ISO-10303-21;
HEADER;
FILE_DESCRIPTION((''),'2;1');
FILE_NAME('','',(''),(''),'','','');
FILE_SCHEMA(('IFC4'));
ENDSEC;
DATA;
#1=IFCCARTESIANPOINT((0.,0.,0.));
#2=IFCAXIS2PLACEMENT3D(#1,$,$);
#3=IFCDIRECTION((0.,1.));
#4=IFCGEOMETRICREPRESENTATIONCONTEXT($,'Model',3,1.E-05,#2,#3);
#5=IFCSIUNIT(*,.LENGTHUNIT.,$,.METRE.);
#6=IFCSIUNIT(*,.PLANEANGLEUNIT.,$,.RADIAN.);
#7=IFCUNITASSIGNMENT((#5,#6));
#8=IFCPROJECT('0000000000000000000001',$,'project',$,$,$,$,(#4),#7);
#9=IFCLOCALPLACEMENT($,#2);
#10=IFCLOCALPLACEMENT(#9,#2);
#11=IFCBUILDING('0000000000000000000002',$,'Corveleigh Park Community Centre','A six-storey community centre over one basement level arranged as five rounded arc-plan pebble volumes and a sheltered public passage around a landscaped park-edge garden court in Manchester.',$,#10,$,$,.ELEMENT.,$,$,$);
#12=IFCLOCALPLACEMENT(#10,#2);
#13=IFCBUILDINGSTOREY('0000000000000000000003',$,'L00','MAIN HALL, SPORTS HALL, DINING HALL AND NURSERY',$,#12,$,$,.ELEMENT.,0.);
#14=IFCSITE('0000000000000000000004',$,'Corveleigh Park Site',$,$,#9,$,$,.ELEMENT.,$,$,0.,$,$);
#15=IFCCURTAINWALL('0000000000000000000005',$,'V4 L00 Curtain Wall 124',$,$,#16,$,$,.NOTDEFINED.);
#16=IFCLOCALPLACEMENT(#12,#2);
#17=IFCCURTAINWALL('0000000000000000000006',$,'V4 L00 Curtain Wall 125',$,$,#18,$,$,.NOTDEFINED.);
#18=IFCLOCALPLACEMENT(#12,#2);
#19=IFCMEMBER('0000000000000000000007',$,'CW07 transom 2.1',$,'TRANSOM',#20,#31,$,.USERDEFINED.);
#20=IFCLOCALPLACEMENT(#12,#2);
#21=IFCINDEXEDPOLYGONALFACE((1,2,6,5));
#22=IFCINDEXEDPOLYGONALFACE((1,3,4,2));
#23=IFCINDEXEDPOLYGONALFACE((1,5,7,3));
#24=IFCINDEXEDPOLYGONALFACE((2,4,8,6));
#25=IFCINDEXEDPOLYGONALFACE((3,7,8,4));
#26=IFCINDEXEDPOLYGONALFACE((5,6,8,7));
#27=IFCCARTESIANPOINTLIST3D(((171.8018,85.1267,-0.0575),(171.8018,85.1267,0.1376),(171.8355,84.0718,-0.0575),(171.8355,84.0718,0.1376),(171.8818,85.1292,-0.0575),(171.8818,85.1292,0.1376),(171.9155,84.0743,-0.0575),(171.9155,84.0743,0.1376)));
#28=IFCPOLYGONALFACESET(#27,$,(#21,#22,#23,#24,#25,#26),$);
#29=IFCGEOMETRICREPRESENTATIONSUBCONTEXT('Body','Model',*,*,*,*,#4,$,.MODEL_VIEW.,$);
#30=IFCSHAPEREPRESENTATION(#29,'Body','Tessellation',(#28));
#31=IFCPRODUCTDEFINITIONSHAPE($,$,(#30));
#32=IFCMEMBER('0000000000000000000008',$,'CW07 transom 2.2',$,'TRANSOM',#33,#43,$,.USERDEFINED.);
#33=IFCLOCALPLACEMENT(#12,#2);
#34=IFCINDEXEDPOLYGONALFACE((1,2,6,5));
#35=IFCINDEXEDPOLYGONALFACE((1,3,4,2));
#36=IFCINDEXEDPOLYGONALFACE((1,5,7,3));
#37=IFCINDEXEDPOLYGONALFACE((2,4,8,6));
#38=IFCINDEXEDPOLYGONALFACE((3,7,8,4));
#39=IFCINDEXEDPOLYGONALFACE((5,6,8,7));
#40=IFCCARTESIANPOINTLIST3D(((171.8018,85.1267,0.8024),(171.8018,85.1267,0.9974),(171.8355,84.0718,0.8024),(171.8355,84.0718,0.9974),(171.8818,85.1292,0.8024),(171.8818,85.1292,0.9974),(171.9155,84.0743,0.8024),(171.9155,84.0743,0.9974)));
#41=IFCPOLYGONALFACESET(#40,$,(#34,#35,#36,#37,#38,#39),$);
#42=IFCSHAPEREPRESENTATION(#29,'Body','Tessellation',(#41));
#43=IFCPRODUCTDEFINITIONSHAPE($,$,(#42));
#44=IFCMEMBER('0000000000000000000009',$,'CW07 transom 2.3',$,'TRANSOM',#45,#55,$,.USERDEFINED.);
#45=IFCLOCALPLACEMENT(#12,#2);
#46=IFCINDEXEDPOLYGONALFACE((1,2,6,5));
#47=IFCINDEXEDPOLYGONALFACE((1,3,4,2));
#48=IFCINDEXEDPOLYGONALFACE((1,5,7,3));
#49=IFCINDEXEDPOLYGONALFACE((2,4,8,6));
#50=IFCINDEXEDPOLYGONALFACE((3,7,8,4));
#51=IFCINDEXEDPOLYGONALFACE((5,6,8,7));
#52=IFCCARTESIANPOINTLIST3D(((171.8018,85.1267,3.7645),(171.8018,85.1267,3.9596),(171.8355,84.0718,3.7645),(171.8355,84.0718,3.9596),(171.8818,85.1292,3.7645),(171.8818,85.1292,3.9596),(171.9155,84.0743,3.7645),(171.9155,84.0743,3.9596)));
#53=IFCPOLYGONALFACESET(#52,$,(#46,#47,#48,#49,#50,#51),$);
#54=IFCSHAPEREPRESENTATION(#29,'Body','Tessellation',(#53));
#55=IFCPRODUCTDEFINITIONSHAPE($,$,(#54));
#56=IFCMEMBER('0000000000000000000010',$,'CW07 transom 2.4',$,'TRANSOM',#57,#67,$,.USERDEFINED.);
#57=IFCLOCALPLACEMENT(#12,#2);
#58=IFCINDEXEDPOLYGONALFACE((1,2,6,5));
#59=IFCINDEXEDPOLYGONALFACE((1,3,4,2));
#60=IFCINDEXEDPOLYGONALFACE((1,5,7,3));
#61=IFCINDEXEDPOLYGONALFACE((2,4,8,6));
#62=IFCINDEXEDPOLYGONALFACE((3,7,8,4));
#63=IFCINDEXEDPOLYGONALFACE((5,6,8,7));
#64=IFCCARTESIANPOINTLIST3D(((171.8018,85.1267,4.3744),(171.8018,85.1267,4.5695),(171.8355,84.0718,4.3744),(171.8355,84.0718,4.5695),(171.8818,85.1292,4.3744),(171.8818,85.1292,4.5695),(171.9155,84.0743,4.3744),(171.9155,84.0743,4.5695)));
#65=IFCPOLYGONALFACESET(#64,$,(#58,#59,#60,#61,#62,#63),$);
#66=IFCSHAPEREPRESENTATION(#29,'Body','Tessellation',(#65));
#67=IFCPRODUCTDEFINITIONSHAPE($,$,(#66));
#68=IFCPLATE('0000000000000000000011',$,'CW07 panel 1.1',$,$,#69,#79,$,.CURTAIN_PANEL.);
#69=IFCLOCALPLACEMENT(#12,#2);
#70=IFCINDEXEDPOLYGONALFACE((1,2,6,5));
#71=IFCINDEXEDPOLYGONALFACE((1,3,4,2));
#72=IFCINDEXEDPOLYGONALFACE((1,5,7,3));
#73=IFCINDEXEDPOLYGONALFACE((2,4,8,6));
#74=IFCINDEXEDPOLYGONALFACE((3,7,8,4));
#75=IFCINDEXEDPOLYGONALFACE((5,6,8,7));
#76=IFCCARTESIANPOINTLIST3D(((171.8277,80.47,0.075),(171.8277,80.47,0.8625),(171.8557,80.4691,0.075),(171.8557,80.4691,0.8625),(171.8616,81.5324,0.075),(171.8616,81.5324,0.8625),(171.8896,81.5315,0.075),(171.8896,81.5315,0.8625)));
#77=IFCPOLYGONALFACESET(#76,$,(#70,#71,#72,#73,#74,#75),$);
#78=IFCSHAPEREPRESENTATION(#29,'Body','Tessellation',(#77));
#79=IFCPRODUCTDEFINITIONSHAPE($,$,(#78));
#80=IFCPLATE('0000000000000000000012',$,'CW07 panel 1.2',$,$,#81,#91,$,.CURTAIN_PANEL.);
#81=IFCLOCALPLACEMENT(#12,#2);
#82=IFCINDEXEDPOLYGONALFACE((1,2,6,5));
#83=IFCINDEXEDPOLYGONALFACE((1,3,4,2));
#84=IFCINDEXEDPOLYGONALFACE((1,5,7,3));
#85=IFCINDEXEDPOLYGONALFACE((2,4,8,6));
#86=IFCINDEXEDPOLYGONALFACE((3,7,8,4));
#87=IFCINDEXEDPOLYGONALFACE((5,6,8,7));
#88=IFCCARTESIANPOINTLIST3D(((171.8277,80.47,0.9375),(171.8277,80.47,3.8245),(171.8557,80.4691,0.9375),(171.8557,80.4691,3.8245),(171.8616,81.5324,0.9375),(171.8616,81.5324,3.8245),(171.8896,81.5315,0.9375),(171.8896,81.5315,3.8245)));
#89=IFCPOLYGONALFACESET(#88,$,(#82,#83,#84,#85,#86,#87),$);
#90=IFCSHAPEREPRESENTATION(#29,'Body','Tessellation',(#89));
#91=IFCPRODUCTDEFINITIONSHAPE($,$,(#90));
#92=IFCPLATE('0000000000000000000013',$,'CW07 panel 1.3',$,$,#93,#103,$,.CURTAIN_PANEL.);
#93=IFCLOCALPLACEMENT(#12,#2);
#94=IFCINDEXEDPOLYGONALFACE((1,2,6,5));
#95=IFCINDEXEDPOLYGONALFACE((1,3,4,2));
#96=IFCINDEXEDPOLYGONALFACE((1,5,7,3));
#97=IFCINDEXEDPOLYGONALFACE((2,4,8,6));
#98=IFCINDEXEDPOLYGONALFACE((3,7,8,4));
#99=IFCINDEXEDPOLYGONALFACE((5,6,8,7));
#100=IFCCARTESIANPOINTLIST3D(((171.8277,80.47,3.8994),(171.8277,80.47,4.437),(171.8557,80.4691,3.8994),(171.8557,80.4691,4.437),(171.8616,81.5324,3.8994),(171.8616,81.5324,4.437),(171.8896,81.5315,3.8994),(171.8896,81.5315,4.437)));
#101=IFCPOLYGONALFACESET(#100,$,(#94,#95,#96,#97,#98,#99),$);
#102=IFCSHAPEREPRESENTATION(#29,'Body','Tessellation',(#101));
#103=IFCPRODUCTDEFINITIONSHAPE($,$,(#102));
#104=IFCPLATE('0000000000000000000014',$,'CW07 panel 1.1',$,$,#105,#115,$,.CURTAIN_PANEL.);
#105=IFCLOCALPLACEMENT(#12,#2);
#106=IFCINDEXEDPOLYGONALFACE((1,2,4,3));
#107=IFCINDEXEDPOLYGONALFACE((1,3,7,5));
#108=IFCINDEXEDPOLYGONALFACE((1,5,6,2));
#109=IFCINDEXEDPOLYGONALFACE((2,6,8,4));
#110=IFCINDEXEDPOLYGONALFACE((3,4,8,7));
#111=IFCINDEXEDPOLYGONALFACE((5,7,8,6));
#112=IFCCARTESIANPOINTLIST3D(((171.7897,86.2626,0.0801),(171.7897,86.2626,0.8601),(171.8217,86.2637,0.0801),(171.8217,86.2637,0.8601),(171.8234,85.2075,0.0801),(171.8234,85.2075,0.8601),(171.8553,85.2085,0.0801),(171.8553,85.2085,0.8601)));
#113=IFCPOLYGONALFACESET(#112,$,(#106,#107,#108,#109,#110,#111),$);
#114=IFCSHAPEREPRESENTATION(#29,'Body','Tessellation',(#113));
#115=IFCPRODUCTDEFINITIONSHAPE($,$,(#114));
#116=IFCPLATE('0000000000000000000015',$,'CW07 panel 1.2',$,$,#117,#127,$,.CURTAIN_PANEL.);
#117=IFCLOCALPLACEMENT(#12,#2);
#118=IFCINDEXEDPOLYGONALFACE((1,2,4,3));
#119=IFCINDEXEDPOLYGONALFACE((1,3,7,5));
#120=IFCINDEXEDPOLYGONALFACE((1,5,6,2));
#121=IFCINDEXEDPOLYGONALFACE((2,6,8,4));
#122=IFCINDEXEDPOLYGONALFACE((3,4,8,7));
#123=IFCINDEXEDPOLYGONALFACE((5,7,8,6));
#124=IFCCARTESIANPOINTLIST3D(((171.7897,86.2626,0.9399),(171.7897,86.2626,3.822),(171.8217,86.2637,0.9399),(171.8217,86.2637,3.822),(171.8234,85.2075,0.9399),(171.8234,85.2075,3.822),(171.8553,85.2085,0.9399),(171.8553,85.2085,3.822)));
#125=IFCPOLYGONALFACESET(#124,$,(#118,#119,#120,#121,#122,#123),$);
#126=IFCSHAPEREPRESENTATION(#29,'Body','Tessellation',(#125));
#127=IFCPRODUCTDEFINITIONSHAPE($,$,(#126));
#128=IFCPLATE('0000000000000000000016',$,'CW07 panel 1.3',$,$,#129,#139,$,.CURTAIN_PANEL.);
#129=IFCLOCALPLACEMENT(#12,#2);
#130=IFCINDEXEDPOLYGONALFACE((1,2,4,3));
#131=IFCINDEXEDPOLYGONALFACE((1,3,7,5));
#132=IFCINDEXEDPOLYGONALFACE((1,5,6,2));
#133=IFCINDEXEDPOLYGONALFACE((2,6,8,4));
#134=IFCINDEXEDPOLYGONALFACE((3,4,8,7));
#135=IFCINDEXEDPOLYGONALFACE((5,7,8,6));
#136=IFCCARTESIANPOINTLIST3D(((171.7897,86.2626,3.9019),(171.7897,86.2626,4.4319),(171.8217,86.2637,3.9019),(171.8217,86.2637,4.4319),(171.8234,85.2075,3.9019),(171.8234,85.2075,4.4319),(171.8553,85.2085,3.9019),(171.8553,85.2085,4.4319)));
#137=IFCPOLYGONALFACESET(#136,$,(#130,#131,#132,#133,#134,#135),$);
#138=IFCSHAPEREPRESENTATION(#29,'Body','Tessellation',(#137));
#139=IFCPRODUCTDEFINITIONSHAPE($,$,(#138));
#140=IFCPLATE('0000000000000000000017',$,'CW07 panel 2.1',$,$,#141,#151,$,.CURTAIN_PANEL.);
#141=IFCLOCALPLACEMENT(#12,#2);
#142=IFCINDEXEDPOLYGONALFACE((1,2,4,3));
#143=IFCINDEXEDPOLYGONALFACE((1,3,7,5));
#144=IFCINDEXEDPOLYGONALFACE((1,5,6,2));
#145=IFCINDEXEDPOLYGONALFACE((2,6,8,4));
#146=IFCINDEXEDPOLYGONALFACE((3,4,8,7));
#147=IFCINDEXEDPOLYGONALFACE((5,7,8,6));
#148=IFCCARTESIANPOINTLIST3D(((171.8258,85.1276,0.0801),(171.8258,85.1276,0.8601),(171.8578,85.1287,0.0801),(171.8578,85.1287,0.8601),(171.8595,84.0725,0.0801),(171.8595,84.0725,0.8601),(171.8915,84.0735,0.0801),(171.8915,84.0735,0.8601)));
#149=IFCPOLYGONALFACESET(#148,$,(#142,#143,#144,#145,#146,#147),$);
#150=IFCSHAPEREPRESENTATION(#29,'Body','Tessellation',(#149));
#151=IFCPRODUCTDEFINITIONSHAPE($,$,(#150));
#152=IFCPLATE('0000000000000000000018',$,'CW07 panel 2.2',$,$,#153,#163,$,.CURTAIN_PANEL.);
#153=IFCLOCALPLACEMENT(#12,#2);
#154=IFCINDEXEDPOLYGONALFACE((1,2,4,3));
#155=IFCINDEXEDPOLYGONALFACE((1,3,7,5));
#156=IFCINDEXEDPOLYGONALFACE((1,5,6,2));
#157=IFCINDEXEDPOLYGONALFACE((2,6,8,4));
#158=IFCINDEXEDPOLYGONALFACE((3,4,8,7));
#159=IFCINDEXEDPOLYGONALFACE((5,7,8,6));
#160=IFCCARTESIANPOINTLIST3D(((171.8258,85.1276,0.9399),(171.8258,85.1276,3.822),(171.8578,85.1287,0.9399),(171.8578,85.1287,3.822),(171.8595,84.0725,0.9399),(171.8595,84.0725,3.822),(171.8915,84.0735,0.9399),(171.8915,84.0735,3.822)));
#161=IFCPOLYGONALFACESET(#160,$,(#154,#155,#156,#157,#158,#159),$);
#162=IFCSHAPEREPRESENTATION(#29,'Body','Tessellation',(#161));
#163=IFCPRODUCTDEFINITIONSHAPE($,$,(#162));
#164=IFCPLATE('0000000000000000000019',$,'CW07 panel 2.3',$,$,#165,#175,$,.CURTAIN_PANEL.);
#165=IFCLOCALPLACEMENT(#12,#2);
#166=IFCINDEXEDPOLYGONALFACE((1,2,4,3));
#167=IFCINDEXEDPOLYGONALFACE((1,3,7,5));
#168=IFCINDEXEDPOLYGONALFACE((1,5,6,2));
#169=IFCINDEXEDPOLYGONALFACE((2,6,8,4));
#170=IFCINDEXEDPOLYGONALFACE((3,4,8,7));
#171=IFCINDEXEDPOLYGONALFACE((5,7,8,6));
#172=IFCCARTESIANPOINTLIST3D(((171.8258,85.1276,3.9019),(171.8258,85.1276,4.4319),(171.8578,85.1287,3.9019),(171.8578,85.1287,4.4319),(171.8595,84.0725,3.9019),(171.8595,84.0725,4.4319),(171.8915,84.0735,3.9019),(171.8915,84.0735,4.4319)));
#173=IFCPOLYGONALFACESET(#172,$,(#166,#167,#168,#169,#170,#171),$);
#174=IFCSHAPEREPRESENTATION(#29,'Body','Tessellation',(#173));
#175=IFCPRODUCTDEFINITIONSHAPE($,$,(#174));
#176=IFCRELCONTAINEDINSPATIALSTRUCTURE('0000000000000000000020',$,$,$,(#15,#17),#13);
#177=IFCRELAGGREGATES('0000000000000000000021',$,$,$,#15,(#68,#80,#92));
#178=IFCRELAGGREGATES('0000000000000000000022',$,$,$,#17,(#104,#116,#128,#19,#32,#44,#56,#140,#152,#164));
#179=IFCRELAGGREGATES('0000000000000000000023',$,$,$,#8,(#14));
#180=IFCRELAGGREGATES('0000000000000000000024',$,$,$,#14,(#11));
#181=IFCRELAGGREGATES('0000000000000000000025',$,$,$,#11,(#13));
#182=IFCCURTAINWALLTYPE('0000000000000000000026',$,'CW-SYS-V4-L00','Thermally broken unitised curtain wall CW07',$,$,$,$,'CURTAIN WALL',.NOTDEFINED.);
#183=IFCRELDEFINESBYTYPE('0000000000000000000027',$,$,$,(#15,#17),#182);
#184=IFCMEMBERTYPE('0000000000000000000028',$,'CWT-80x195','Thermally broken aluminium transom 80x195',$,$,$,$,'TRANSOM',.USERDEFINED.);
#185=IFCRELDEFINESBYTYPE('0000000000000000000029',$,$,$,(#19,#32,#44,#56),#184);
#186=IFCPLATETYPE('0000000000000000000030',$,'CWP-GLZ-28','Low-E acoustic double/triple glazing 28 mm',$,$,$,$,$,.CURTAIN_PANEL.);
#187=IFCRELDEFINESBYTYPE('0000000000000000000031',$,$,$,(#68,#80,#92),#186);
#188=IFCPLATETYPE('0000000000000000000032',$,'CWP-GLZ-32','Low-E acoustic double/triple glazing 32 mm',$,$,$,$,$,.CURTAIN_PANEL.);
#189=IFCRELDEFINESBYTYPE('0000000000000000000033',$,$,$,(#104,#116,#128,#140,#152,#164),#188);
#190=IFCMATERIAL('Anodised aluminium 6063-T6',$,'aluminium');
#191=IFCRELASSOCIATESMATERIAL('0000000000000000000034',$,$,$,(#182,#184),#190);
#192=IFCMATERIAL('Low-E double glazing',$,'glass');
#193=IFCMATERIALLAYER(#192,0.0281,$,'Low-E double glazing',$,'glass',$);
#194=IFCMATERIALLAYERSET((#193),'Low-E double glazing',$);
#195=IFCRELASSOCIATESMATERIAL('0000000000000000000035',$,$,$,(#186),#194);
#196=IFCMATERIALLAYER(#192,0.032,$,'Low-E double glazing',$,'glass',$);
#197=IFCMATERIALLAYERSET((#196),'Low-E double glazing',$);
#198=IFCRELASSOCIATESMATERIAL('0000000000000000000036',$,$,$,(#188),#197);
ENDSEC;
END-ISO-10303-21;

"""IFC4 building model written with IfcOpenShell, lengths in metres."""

from ifc_helpers import new_model, si_unit, direction, frame, origin, origin_2d, place, context, subcontext, project, spatial, rectangle, extrude, material, layer, layer_set, material_profile, profile_set, type_object, element, aggregate, save


model = new_model("IFC4")

# Units and contexts
model_context = context("Model", 3, precision=1e-05, world=origin(), true_north=direction((0.0, 1.0)))
body_context = subcontext(model_context, "Body", "Model", "MODEL_VIEW")
ifc_project = project(units=[si_unit("LENGTHUNIT", "METRE"), si_unit("PLANEANGLEUNIT", "RADIAN")], contexts=[model_context])

# Site, building, storey
site_placement = place(None, origin())
site = spatial("IfcSite", under=ifc_project, at=site_placement, Name="Corveleigh Park Site", CompositionType="ELEMENT", RefElevation=0.0)
building_placement = place(site_placement, origin())
building = spatial("IfcBuilding", under=site, at=building_placement, Name="Corveleigh Park Community Centre", Description="A six-storey community centre over one basement level arranged as five rounded arc-plan pebble volumes and a sheltered public passage around a landscaped park-edge garden court in Manchester.", CompositionType="ELEMENT")
storey_placement = place(building_placement, origin())
storey = spatial("IfcBuildingStorey", under=building, at=storey_placement, Name="L00", Description="MAIN HALL, SPORTS HALL, DINING HALL AND NURSERY", CompositionType="ELEMENT", Elevation=0.0)

# Curtain walls
ifc_material_1 = material(Name="Anodised aluminium 6063-T6", Category="aluminium")
curtain_wall_type = type_object("IfcCurtainWallType", Name="CW-SYS-V4-L00", Description="Thermally broken unitised curtain wall CW07", ElementType="CURTAIN WALL", PredefinedType="NOTDEFINED", material=ifc_material_1)
curtain_wall_1_placement = place(storey_placement, origin())
curtain_wall_1 = element("IfcCurtainWall", 1, at=curtain_wall_1_placement, inside=storey, type_object=curtain_wall_type, Name="V4 L00 Curtain Wall 124", PredefinedType="NOTDEFINED")
curtain_wall_2_placement = place(storey_placement, origin())
curtain_wall_2 = element("IfcCurtainWall", 2, at=curtain_wall_2_placement, inside=storey, type_object=curtain_wall_type, Name="V4 L00 Curtain Wall 125", PredefinedType="NOTDEFINED")

# Members
ifc_material_profile_1 = material_profile(ifc_material_1, rectangle(XDim=0.0801, YDim=0.1951, at=origin_2d()), Name="ALU-T80x195", Category="aluminium")
ifc_profile_set_1 = profile_set([ifc_material_profile_1], Name="Anodised aluminium 6063-T6")
member_type_1 = type_object("IfcMemberType", Name="CWT-80x195", Description="Thermally broken aluminium transom 80x195", ElementType="TRANSOM", PredefinedType="USERDEFINED", material=ifc_profile_set_1)
member_1_placement = place(storey_placement, frame((171.8418, 85.1279, 0.04), z_axis=(0.031921, -0.99949, 0.0), x_axis=(0.99949, 0.031921, 0.0)))
member_1 = element("IfcMember", 3, at=member_1_placement, type_object=member_type_1, Name="CW07 transom 2.1", ObjectType="TRANSOM", PredefinedType="USERDEFINED", context=body_context, shape_type="SweptSolid", body=[
    extrude(rectangle(XDim=0.0801, YDim=0.1951, at=origin_2d()), origin(), (0.0, 0.0, 1.0), 1.0554),
])
member_2_placement = place(storey_placement, frame((171.8418, 85.1279, 0.8999), z_axis=(0.031921, -0.99949, 0.0), x_axis=(0.99949, 0.031921, 0.0)))
member_2 = element("IfcMember", 4, at=member_2_placement, type_object=member_type_1, Name="CW07 transom 2.2", ObjectType="TRANSOM", PredefinedType="USERDEFINED", context=body_context, shape_type="SweptSolid", body=[
    extrude(rectangle(XDim=0.0801, YDim=0.1951, at=origin_2d()), origin(), (0.0, 0.0, 1.0), 1.0554),
])
member_3_placement = place(storey_placement, frame((171.8418, 85.1279, 3.8621), z_axis=(0.031921, -0.99949, 0.0), x_axis=(0.99949, 0.031921, 0.0)))
member_3 = element("IfcMember", 5, at=member_3_placement, type_object=member_type_1, Name="CW07 transom 2.3", ObjectType="TRANSOM", PredefinedType="USERDEFINED", context=body_context, shape_type="SweptSolid", body=[
    extrude(rectangle(XDim=0.0801, YDim=0.1951, at=origin_2d()), origin(), (0.0, 0.0, 1.0), 1.0554),
])
member_4_placement = place(storey_placement, frame((171.8418, 85.1279, 4.4719), z_axis=(0.031921, -0.99949, 0.0), x_axis=(0.99949, 0.031921, 0.0)))
member_4 = element("IfcMember", 6, at=member_4_placement, type_object=member_type_1, Name="CW07 transom 2.4", ObjectType="TRANSOM", PredefinedType="USERDEFINED", context=body_context, shape_type="SweptSolid", body=[
    extrude(rectangle(XDim=0.0801, YDim=0.1951, at=origin_2d()), origin(), (0.0, 0.0, 1.0), 1.0554),
])

# Plates
ifc_material_2 = material(Name="Low-E double glazing", Category="glass")
ifc_layer_1 = layer(ifc_material_2, 0.0281, Name="Low-E double glazing", Category="glass")
ifc_layer_set_1 = layer_set([ifc_layer_1], Name="Low-E double glazing")
plate_type_1 = type_object("IfcPlateType", Name="CWP-GLZ-28", Description="Low-E acoustic double/triple glazing 28 mm", PredefinedType="CURTAIN_PANEL", material=ifc_layer_set_1)
plate_1_placement = place(storey_placement, frame((171.8586, 81.0007, 0.075), z_axis=(0.0, 0.0, 1.0), x_axis=(-0.031899, -0.999491, 0.0)))
plate_1 = element("IfcPlate", 7, at=plate_1_placement, type_object=plate_type_1, Name="CW07 panel 1.1", PredefinedType="CURTAIN_PANEL", context=body_context, shape_type="SweptSolid", body=[
    extrude(rectangle(XDim=1.063, YDim=0.0281, at=origin_2d()), origin(), (0.0, 0.0, 1.0), 0.7876),
])
plate_2_placement = place(storey_placement, frame((171.8586, 81.0007, 0.9375), z_axis=(0.0, 0.0, 1.0), x_axis=(-0.031899, -0.999491, 0.0)))
plate_2 = element("IfcPlate", 8, at=plate_2_placement, type_object=plate_type_1, Name="CW07 panel 1.2", PredefinedType="CURTAIN_PANEL", context=body_context, shape_type="SweptSolid", body=[
    extrude(rectangle(XDim=1.063, YDim=0.0281, at=origin_2d()), origin(), (0.0, 0.0, 1.0), 2.887),
])
plate_3_placement = place(storey_placement, frame((171.8586, 81.0007, 3.8994), z_axis=(0.0, 0.0, 1.0), x_axis=(-0.031899, -0.999491, 0.0)))
plate_3 = element("IfcPlate", 9, at=plate_3_placement, type_object=plate_type_1, Name="CW07 panel 1.3", PredefinedType="CURTAIN_PANEL", context=body_context, shape_type="SweptSolid", body=[
    extrude(rectangle(XDim=1.063, YDim=0.0281, at=origin_2d()), origin(), (0.0, 0.0, 1.0), 0.5376),
])
aggregate(curtain_wall_1, [plate_1, plate_2, plate_3])
ifc_layer_2 = layer(ifc_material_2, 0.032, Name="Low-E double glazing", Category="glass")
ifc_layer_set_2 = layer_set([ifc_layer_2], Name="Low-E double glazing")
plate_type_2 = type_object("IfcPlateType", Name="CWP-GLZ-32", Description="Low-E acoustic double/triple glazing 32 mm", PredefinedType="CURTAIN_PANEL", material=ifc_layer_set_2)
plate_4_placement = place(storey_placement, frame((171.8225, 85.7356, 0.0801), z_axis=(0.0, 0.0, 1.0), x_axis=(0.031899, -0.999491, 0.0)))
plate_4 = element("IfcPlate", 10, at=plate_4_placement, type_object=plate_type_2, Name="CW07 panel 1.1", PredefinedType="CURTAIN_PANEL", context=body_context, shape_type="SweptSolid", body=[
    extrude(rectangle(XDim=1.0557, YDim=0.032, at=origin_2d()), origin(), (0.0, 0.0, 1.0), 0.78),
])
plate_5_placement = place(storey_placement, frame((171.8225, 85.7356, 0.9399), z_axis=(0.0, 0.0, 1.0), x_axis=(0.031899, -0.999491, 0.0)))
plate_5 = element("IfcPlate", 11, at=plate_5_placement, type_object=plate_type_2, Name="CW07 panel 1.2", PredefinedType="CURTAIN_PANEL", context=body_context, shape_type="SweptSolid", body=[
    extrude(rectangle(XDim=1.0557, YDim=0.032, at=origin_2d()), origin(), (0.0, 0.0, 1.0), 2.8821),
])
plate_6_placement = place(storey_placement, frame((171.8225, 85.7356, 3.9019), z_axis=(0.0, 0.0, 1.0), x_axis=(0.031899, -0.999491, 0.0)))
plate_6 = element("IfcPlate", 12, at=plate_6_placement, type_object=plate_type_2, Name="CW07 panel 1.3", PredefinedType="CURTAIN_PANEL", context=body_context, shape_type="SweptSolid", body=[
    extrude(rectangle(XDim=1.0557, YDim=0.032, at=origin_2d()), origin(), (0.0, 0.0, 1.0), 0.53),
])
plate_7_placement = place(storey_placement, frame((171.8586, 84.6006, 0.0801), z_axis=(0.0, 0.0, 1.0), x_axis=(0.031899, -0.999491, 0.0)))
plate_7 = element("IfcPlate", 13, at=plate_7_placement, type_object=plate_type_2, Name="CW07 panel 2.1", PredefinedType="CURTAIN_PANEL", context=body_context, shape_type="SweptSolid", body=[
    extrude(rectangle(XDim=1.0557, YDim=0.032, at=origin_2d()), origin(), (0.0, 0.0, 1.0), 0.78),
])
plate_8_placement = place(storey_placement, frame((171.8586, 84.6006, 0.9399), z_axis=(0.0, 0.0, 1.0), x_axis=(0.031899, -0.999491, 0.0)))
plate_8 = element("IfcPlate", 14, at=plate_8_placement, type_object=plate_type_2, Name="CW07 panel 2.2", PredefinedType="CURTAIN_PANEL", context=body_context, shape_type="SweptSolid", body=[
    extrude(rectangle(XDim=1.0557, YDim=0.032, at=origin_2d()), origin(), (0.0, 0.0, 1.0), 2.8821),
])
plate_9_placement = place(storey_placement, frame((171.8586, 84.6006, 3.9019), z_axis=(0.0, 0.0, 1.0), x_axis=(0.031899, -0.999491, 0.0)))
plate_9 = element("IfcPlate", 15, at=plate_9_placement, type_object=plate_type_2, Name="CW07 panel 2.3", PredefinedType="CURTAIN_PANEL", context=body_context, shape_type="SweptSolid", body=[
    extrude(rectangle(XDim=1.0557, YDim=0.032, at=origin_2d()), origin(), (0.0, 0.0, 1.0), 0.53),
])
aggregate(curtain_wall_2, [plate_4, plate_5, plate_6, member_1, member_2, member_3, member_4, plate_7, plate_8, plate_9])

save(model, "model.ifc")
